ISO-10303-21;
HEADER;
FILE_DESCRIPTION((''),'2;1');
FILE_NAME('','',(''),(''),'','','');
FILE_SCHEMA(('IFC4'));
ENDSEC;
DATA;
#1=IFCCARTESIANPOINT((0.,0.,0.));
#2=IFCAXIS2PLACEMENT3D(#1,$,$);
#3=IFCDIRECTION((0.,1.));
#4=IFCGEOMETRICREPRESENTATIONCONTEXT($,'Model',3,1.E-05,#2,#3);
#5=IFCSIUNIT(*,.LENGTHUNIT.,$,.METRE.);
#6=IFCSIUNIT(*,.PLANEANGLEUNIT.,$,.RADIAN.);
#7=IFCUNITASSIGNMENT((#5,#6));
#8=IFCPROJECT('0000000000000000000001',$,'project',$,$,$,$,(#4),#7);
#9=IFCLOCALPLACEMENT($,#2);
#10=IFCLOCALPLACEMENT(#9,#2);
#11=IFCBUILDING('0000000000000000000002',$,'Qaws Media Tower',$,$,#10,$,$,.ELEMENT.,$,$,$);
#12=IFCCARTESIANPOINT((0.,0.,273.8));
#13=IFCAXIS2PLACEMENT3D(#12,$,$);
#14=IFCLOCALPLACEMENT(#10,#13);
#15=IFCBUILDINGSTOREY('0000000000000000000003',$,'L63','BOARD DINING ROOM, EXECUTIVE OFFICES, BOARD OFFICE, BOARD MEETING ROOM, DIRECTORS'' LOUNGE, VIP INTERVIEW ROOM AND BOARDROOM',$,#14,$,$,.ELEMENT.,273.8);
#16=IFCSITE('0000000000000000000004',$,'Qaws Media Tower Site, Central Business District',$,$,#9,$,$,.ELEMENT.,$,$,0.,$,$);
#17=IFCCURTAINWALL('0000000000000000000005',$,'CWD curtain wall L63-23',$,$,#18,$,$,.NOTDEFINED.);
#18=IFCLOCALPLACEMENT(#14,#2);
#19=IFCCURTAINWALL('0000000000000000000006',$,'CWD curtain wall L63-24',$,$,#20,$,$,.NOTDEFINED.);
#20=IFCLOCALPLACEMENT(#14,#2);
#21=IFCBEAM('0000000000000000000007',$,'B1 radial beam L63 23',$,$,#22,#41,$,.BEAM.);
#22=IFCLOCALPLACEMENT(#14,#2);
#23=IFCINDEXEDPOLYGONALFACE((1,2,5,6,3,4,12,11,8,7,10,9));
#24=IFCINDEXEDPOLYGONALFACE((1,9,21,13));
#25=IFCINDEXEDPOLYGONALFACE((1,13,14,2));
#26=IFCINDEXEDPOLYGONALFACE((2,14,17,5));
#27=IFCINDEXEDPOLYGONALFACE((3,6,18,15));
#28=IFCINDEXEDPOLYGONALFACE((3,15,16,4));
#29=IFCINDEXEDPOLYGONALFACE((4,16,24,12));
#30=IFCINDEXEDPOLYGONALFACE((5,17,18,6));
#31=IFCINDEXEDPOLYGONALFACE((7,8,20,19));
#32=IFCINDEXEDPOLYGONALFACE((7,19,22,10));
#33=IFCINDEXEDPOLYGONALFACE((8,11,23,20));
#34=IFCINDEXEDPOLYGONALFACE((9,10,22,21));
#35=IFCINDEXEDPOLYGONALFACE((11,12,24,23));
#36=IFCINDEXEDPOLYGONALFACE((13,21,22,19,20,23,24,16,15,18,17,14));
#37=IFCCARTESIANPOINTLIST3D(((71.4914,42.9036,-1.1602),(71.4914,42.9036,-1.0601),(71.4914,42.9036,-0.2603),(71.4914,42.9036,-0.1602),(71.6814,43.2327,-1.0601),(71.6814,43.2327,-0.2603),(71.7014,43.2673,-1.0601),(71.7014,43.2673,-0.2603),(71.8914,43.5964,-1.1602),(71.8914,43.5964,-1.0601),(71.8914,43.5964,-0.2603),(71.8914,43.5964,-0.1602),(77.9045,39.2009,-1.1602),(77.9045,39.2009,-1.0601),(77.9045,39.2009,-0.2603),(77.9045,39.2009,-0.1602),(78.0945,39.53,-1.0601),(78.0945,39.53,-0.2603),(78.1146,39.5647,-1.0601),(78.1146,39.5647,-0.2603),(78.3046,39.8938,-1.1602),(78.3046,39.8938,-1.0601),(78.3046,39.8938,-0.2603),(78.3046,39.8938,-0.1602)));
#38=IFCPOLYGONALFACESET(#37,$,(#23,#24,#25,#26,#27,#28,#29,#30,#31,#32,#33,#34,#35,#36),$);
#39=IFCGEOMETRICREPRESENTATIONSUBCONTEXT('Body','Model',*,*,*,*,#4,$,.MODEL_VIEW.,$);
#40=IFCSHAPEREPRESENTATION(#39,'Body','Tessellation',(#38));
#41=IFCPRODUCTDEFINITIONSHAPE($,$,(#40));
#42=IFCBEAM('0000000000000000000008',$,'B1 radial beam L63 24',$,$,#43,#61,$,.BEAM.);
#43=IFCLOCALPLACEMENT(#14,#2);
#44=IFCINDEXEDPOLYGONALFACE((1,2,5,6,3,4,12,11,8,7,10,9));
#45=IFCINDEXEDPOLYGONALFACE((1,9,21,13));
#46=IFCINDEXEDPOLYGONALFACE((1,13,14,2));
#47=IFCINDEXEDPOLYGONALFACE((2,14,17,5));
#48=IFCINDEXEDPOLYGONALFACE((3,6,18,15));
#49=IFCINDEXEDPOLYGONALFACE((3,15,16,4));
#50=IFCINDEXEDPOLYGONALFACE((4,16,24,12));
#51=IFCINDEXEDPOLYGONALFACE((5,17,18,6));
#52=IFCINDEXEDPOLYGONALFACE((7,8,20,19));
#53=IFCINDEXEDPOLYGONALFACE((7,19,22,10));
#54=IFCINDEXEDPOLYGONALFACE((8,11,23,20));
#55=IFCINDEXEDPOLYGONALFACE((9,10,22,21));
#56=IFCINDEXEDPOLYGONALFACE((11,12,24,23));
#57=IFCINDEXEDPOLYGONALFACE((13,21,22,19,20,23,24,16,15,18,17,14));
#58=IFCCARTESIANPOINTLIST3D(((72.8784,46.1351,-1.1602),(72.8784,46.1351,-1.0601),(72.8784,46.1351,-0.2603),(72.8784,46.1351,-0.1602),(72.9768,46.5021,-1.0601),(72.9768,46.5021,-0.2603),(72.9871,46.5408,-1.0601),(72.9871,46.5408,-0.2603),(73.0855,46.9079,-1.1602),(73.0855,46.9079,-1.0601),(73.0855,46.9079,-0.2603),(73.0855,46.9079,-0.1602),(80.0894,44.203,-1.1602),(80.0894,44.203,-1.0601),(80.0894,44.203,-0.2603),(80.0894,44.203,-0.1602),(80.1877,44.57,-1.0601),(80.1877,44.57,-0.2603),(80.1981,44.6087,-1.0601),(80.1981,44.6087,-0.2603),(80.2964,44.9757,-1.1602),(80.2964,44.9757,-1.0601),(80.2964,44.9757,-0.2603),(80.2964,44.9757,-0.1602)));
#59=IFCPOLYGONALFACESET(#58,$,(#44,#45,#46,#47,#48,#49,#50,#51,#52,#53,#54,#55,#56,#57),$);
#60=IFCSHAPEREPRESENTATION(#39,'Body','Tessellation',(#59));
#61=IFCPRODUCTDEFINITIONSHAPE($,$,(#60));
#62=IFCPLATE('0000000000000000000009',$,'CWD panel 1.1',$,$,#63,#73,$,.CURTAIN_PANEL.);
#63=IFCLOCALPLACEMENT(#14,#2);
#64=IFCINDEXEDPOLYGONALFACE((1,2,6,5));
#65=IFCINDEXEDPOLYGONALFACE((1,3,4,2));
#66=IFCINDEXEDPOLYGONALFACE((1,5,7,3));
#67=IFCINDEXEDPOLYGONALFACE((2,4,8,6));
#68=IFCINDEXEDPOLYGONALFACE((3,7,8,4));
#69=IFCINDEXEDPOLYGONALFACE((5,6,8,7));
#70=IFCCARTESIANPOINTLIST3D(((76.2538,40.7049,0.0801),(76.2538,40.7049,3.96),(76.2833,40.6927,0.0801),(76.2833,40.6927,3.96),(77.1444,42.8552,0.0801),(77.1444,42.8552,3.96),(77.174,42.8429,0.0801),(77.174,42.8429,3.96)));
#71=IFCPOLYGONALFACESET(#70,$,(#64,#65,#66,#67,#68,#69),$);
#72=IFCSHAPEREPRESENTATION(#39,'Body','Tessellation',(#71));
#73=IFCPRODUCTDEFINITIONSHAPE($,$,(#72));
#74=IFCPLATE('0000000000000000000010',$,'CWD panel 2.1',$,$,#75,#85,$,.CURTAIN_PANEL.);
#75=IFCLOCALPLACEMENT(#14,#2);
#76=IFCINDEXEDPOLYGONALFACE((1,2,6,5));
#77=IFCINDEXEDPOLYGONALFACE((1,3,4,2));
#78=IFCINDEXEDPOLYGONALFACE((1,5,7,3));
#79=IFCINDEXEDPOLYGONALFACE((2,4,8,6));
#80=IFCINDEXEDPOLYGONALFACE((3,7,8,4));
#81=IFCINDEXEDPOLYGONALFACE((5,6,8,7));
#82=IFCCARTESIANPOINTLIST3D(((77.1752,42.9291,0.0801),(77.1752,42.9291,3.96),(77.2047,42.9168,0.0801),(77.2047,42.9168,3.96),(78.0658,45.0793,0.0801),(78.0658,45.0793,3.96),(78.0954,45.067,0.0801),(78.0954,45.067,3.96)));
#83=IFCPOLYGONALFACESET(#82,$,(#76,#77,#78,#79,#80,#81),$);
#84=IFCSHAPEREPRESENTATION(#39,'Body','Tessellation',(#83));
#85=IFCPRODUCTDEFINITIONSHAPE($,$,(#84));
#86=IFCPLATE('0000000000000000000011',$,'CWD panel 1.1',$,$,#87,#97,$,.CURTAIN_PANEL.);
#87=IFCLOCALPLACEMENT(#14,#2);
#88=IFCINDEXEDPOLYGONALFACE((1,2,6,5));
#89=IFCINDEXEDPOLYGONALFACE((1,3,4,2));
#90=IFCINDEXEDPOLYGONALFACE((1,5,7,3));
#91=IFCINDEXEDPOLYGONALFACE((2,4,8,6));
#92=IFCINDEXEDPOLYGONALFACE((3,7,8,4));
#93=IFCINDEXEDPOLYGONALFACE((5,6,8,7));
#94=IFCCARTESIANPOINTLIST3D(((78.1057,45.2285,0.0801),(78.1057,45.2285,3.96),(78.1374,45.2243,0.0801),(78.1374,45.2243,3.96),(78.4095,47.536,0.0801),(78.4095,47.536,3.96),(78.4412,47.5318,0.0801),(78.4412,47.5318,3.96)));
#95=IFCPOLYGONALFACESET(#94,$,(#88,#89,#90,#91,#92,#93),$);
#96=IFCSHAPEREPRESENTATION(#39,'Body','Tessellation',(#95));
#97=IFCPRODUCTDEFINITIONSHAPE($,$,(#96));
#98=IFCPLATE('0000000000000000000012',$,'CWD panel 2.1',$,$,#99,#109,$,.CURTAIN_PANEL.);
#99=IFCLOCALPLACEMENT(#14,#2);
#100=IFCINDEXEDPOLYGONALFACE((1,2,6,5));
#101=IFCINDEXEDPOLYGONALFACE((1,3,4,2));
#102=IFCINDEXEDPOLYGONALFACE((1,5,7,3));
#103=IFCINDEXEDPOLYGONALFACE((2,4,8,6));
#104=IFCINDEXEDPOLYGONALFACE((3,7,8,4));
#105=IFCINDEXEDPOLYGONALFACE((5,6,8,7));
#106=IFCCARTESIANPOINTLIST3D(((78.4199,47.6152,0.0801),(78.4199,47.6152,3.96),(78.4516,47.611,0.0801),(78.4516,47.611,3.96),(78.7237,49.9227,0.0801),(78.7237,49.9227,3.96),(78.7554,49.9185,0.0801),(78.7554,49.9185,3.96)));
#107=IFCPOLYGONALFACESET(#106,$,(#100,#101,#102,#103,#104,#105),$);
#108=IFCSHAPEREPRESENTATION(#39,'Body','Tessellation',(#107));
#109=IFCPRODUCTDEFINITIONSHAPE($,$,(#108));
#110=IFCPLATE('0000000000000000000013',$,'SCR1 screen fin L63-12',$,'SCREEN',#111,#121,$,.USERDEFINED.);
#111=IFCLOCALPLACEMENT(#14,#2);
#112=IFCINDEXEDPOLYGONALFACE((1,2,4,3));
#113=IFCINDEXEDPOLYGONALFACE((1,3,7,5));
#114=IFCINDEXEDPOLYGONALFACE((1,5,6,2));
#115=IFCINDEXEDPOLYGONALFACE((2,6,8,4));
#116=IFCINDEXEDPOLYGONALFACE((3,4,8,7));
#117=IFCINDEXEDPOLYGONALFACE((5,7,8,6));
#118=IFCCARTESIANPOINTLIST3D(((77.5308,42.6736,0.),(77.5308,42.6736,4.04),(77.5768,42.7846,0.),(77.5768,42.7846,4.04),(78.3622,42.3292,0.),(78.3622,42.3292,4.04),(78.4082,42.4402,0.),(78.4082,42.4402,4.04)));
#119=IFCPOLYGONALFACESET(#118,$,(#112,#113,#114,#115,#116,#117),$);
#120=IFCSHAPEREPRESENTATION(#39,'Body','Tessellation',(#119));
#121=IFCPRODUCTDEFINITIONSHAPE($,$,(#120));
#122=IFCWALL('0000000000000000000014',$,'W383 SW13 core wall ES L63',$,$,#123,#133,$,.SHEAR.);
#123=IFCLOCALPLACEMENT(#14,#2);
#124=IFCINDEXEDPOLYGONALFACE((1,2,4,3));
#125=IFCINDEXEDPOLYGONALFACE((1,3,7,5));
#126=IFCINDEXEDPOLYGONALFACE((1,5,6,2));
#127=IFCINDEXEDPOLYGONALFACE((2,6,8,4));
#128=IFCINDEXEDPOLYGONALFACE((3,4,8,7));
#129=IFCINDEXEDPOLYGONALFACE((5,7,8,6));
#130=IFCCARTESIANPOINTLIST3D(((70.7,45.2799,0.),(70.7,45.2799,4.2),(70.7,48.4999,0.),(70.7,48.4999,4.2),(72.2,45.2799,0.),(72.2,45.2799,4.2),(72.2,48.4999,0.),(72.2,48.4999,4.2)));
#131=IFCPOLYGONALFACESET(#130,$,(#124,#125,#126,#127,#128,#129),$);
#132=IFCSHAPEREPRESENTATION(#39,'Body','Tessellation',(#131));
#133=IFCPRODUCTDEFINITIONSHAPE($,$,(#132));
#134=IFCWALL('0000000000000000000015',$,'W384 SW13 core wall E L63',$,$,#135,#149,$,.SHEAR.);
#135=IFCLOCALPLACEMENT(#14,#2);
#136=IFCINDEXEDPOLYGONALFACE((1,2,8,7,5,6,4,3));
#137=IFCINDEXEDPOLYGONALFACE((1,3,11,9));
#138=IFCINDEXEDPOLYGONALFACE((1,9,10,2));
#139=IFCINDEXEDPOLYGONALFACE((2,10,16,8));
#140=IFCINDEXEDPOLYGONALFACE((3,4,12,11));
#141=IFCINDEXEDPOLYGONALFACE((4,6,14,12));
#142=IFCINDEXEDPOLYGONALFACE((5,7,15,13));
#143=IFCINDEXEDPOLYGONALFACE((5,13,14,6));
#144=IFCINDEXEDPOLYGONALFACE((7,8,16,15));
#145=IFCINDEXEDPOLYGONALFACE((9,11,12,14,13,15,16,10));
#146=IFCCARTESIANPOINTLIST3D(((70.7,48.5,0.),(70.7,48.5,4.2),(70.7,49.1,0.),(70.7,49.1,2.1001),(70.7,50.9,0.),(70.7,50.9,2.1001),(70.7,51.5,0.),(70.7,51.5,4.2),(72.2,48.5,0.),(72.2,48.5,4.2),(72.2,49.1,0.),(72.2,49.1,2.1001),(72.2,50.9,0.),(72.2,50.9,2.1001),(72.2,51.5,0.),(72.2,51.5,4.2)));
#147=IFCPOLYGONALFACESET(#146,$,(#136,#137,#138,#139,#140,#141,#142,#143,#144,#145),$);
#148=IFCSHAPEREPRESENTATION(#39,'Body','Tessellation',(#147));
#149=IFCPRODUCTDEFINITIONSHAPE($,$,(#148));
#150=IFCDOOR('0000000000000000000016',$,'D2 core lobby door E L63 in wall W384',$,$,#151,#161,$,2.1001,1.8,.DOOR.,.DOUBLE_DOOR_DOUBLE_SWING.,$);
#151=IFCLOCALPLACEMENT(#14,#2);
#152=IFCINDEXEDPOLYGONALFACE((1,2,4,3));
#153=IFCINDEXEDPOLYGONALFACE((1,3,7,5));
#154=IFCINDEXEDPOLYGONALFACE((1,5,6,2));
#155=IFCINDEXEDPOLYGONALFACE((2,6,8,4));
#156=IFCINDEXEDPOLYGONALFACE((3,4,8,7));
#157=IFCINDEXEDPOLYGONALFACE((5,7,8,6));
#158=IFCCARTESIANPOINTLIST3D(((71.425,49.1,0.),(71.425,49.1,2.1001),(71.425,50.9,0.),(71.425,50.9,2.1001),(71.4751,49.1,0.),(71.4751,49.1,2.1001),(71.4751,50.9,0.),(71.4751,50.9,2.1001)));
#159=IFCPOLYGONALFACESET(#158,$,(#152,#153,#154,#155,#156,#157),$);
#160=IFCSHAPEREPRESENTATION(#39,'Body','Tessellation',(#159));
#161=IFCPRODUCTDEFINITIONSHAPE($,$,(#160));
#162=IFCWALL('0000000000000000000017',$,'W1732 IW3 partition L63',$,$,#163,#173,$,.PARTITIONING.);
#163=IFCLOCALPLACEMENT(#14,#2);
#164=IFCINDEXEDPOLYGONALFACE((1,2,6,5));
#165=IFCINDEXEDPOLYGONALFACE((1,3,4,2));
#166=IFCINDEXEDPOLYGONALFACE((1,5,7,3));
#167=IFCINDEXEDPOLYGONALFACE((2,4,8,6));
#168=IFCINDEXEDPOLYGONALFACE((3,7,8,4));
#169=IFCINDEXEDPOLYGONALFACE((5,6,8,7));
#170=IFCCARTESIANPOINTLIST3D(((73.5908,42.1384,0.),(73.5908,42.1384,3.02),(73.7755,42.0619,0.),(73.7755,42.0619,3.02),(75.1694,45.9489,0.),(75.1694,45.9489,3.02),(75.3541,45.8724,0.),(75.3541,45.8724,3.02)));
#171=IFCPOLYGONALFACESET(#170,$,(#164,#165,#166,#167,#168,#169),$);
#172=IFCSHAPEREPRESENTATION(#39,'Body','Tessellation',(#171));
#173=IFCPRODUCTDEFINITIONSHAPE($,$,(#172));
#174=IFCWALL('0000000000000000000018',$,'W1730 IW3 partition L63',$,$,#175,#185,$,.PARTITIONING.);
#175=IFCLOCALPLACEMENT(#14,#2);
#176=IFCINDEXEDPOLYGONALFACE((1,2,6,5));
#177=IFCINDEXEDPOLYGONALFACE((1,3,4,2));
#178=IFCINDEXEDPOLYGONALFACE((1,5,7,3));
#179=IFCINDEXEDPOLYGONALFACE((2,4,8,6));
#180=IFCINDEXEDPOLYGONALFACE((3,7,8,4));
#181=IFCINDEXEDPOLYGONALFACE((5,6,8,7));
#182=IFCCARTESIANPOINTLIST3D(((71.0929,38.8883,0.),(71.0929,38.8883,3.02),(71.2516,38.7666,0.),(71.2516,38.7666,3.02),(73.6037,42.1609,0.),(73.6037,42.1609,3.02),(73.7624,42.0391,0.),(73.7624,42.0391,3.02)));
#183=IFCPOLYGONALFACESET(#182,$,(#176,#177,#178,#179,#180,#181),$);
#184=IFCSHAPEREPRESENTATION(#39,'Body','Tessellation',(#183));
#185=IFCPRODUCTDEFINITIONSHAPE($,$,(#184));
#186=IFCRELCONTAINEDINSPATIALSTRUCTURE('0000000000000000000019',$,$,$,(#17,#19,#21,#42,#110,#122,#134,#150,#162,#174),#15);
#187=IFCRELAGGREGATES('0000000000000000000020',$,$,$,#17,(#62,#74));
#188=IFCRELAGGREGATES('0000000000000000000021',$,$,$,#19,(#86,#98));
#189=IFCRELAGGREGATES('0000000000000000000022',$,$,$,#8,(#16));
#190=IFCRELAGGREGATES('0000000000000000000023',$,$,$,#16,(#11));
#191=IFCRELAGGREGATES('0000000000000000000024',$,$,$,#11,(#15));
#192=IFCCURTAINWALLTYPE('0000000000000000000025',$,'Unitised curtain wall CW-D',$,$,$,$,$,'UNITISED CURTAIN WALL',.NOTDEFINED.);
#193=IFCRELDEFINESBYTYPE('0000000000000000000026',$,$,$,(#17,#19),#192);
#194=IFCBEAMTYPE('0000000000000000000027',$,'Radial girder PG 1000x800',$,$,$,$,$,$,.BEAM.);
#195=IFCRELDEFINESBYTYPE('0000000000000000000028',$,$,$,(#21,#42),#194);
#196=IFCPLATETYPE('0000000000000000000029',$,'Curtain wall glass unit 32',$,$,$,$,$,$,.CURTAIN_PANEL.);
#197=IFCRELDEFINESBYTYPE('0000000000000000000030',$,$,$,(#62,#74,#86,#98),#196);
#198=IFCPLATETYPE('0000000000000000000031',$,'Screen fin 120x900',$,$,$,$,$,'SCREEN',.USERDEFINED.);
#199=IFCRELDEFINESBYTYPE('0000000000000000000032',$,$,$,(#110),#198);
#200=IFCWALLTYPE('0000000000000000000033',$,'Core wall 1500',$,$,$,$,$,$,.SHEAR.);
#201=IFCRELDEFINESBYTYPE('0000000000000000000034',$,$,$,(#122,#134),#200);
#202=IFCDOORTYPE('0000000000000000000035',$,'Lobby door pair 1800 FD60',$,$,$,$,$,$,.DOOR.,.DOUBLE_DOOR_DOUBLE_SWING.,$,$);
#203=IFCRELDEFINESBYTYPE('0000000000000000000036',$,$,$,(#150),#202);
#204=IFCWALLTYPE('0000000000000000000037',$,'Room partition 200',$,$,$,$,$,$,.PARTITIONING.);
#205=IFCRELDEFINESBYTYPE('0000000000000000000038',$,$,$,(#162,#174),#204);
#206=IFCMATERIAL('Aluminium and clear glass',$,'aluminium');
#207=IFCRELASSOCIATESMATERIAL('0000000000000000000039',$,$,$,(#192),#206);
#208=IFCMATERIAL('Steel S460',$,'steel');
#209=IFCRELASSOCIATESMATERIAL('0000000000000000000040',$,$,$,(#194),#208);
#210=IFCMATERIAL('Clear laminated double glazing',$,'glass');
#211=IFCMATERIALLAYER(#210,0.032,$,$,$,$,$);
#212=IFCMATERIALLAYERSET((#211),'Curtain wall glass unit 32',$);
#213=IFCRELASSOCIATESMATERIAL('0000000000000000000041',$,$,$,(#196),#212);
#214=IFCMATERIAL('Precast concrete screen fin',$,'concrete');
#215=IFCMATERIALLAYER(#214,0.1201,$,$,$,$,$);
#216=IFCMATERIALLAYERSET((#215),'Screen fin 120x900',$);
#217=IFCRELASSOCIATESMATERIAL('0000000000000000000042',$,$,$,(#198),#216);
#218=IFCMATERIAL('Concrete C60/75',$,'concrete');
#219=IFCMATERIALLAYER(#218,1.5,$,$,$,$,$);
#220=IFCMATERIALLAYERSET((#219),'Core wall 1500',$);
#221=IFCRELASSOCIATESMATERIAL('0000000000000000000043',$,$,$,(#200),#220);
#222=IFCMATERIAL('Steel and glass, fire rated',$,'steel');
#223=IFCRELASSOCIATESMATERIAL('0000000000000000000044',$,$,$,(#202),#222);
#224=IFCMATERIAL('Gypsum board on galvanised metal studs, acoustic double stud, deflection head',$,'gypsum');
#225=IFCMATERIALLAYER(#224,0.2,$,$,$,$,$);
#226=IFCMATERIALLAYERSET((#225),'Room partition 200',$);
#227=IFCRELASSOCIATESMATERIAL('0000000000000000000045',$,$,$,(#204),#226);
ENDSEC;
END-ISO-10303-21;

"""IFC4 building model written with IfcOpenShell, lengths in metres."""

from ifc_helpers import new_model, si_unit, direction, frame, frame_2d, origin, origin_2d, place, context, subcontext, project, spatial, rectangle, i_section, extrude, material, layer, layer_set, material_profile, profile_set, type_object, element, fill, aggregate, save


model = new_model("IFC4")

# Units and contexts
model_context = context("Model", 3, precision=1e-05, world=origin(), true_north=direction((0.0, 1.0)))
body_context = subcontext(model_context, "Body", "Model", "MODEL_VIEW")
ifc_project = project(units=[si_unit("LENGTHUNIT", "METRE"), si_unit("PLANEANGLEUNIT", "RADIAN")], contexts=[model_context])

# Site, building, storey
site_placement = place(None, origin())
site = spatial("IfcSite", under=ifc_project, at=site_placement, Name="Qaws Media Tower Site, Central Business District", CompositionType="ELEMENT", RefElevation=0.0)
building_placement = place(site_placement, origin())
building = spatial("IfcBuilding", under=site, at=building_placement, Name="Qaws Media Tower", CompositionType="ELEMENT")
storey_placement = place(building_placement, frame((0.0, 0.0, 273.8)))
storey = spatial("IfcBuildingStorey", under=building, at=storey_placement, Name="L63", Description="BOARD DINING ROOM, EXECUTIVE OFFICES, BOARD OFFICE, BOARD MEETING ROOM, DIRECTORS' LOUNGE, VIP INTERVIEW ROOM AND BOARDROOM", CompositionType="ELEMENT", Elevation=273.8)

# Curtain walls
ifc_material_1 = material(Name="Aluminium and clear glass", Category="aluminium")
curtain_wall_type = type_object("IfcCurtainWallType", Name="Unitised curtain wall CW-D", ElementType="UNITISED CURTAIN WALL", PredefinedType="NOTDEFINED", material=ifc_material_1)
curtain_wall_1_placement = place(storey_placement, origin())
curtain_wall_1 = element("IfcCurtainWall", 1, at=curtain_wall_1_placement, inside=storey, type_object=curtain_wall_type, Name="CWD curtain wall L63-23", PredefinedType="NOTDEFINED")
curtain_wall_2_placement = place(storey_placement, origin())
curtain_wall_2 = element("IfcCurtainWall", 2, at=curtain_wall_2_placement, inside=storey, type_object=curtain_wall_type, Name="CWD curtain wall L63-24", PredefinedType="NOTDEFINED")

# Beams
ifc_material_2 = material(Name="Steel S460", Category="steel")
ifc_material_profile_1 = material_profile(ifc_material_2, i_section(OverallWidth=0.8, OverallDepth=1.0, WebThickness=0.04, FlangeThickness=0.1001, at=origin_2d()), Name="PG 1000x800")
ifc_profile_set_1 = profile_set([ifc_material_profile_1], Name="Steel S460")
beam_type_1 = type_object("IfcBeamType", Name="Radial girder PG 1000x800", PredefinedType="BEAM", material=ifc_profile_set_1)
beam_1_placement = place(storey_placement, frame((71.6914, 43.25, -0.6602), z_axis=(0.866023, -0.500004, 0.0), x_axis=(0.500004, 0.866023, 0.0)))
element("IfcBeam", 3, at=beam_1_placement, inside=storey, type_object=beam_type_1, Name="B1 radial beam L63 23", PredefinedType="BEAM", context=body_context, shape_type="SweptSolid", body=[
    extrude(i_section(OverallWidth=0.8, OverallDepth=1.0, WebThickness=0.04, FlangeThickness=0.1001, at=origin_2d()), origin(), (0.0, 0.0, 1.0), 7.4053),
])
beam_2_placement = place(storey_placement, frame((72.9819, 46.5215, -0.6602), z_axis=(0.965927, -0.258815, 0.0), x_axis=(0.258815, 0.965927, 0.0)))
element("IfcBeam", 4, at=beam_2_placement, inside=storey, type_object=beam_type_1, Name="B1 radial beam L63 24", PredefinedType="BEAM", context=body_context, shape_type="SweptSolid", body=[
    extrude(i_section(OverallWidth=0.8, OverallDepth=1.0, WebThickness=0.04, FlangeThickness=0.1001, at=origin_2d()), origin(), (0.0, 0.0, 1.0), 7.4653),
])

# Plates
ifc_material_3 = material(Name="Clear laminated double glazing", Category="glass")
ifc_layer_1 = layer(ifc_material_3, 0.032)
ifc_layer_set_1 = layer_set([ifc_layer_1], Name="Curtain wall glass unit 32")
plate_type_1 = type_object("IfcPlateType", Name="Curtain wall glass unit 32", PredefinedType="CURTAIN_PANEL", material=ifc_layer_set_1)
plate_1_placement = place(storey_placement, frame((76.7139, 41.7739, 0.0801), z_axis=(0.0, 0.0, 1.0), x_axis=(0.382683, 0.92388, 0.0)))
plate_1 = element("IfcPlate", 5, at=plate_1_placement, type_object=plate_type_1, Name="CWD panel 1.1", PredefinedType="CURTAIN_PANEL", context=body_context, shape_type="SweptSolid", body=[
    extrude(rectangle(XDim=2.3274, YDim=0.032, at=origin_2d()), origin(), (0.0, 0.0, 1.0), 3.8799),
])
plate_2_placement = place(storey_placement, frame((77.6353, 43.998, 0.0801), z_axis=(0.0, 0.0, 1.0), x_axis=(0.382683, 0.92388, 0.0)))
plate_2 = element("IfcPlate", 6, at=plate_2_placement, type_object=plate_type_1, Name="CWD panel 2.1", PredefinedType="CURTAIN_PANEL", context=body_context, shape_type="SweptSolid", body=[
    extrude(rectangle(XDim=2.3274, YDim=0.032, at=origin_2d()), origin(), (0.0, 0.0, 1.0), 3.8799),
])
aggregate(curtain_wall_1, [plate_1, plate_2])
plate_3_placement = place(storey_placement, frame((78.2734, 46.3801, 0.0801), z_axis=(0.0, 0.0, 1.0), x_axis=(0.130526, 0.991445, 0.0)))
plate_3 = element("IfcPlate", 7, at=plate_3_placement, type_object=plate_type_1, Name="CWD panel 1.1", PredefinedType="CURTAIN_PANEL", context=body_context, shape_type="SweptSolid", body=[
    extrude(rectangle(XDim=2.3274, YDim=0.032, at=origin_2d()), origin(), (0.0, 0.0, 1.0), 3.8799),
])
plate_4_placement = place(storey_placement, frame((78.5876, 48.7668, 0.0801), z_axis=(0.0, 0.0, 1.0), x_axis=(0.130526, 0.991445, 0.0)))
plate_4 = element("IfcPlate", 8, at=plate_4_placement, type_object=plate_type_1, Name="CWD panel 2.1", PredefinedType="CURTAIN_PANEL", context=body_context, shape_type="SweptSolid", body=[
    extrude(rectangle(XDim=2.3274, YDim=0.032, at=origin_2d()), origin(), (0.0, 0.0, 1.0), 3.8799),
])
aggregate(curtain_wall_2, [plate_3, plate_4])
ifc_material_4 = material(Name="Precast concrete screen fin", Category="concrete")
ifc_layer_2 = layer(ifc_material_4, 0.1201)
ifc_layer_set_2 = layer_set([ifc_layer_2], Name="Screen fin 120x900")
plate_type_2 = type_object("IfcPlateType", Name="Screen fin 120x900", ElementType="SCREEN", PredefinedType="USERDEFINED", material=ifc_layer_set_2)
plate_5_placement = place(storey_placement, frame((77.9695, 42.5569, 0.0), z_axis=(0.0, 0.0, 1.0), x_axis=(0.92388, -0.382683, 0.0)))
element("IfcPlate", 9, at=plate_5_placement, inside=storey, type_object=plate_type_2, Name="SCR1 screen fin L63-12", ObjectType="SCREEN", PredefinedType="USERDEFINED", context=body_context, shape_type="SweptSolid", body=[
    extrude(rectangle(XDim=0.8999, YDim=0.1201, at=origin_2d()), origin(), (0.0, 0.0, 1.0), 4.04),
])

# Wall
ifc_material_5 = material(Name="Concrete C60/75", Category="concrete")
ifc_layer_3 = layer(ifc_material_5, 1.5)
ifc_layer_set_3 = layer_set([ifc_layer_3], Name="Core wall 1500")
wall_type_1 = type_object("IfcWallType", Name="Core wall 1500", PredefinedType="SHEAR", material=ifc_layer_set_3)
wall_1_placement = place(storey_placement, frame((71.45, 45.28, 0.0), z_axis=(0.0, 0.0, 1.0), x_axis=(0.0, 1.0, 0.0)))
element("IfcWall", 10, at=wall_1_placement, inside=storey, type_object=wall_type_1, Name="W383 SW13 core wall ES L63", PredefinedType="SHEAR", context=body_context, shape_type="SweptSolid", body=[
    extrude(rectangle(XDim=3.22, YDim=1.5, at=frame_2d((1.6099, 0.0))), origin(), (0.0, 0.0, 1.0), 4.2),
])

# Wall, opening, door
wall_2_placement = place(storey_placement, frame((71.45, 48.5, 0.0), z_axis=(0.0, 0.0, 1.0), x_axis=(0.0, 1.0, 0.0)))
wall_2 = element("IfcWall", 11, at=wall_2_placement, inside=storey, type_object=wall_type_1, Name="W384 SW13 core wall E L63", PredefinedType="SHEAR", context=body_context, shape_type="SweptSolid", body=[
    extrude(rectangle(XDim=3.0, YDim=1.5, at=frame_2d((1.5, 0.0))), origin(), (0.0, 0.0, 1.0), 4.2),
])
opening_placement = place(wall_2_placement, frame((0.6001, 0.0, 0.0)))
opening = element("IfcOpeningElement", 12, at=opening_placement, cuts=wall_2, PredefinedType="OPENING", context=body_context, shape_type="SweptSolid", body=[
    extrude(rectangle(XDim=1.8, YDim=2.1001, at=frame_2d((0.8999, 1.05))), frame((0.0, 0.76, 0.0), z_axis=(0.0, -1.0, 0.0), x_axis=(1.0, 0.0, 0.0)), (0.0, 0.0, 1.0), 1.52),
])
ifc_material_6 = material(Name="Steel and glass, fire rated", Category="steel")
door_type = type_object("IfcDoorType", Name="Lobby door pair 1800 FD60", OperationType="DOUBLE_DOOR_DOUBLE_SWING", PredefinedType="DOOR", material=ifc_material_6)
door_placement = place(opening_placement, origin())
door = element("IfcDoor", 13, at=door_placement, inside=storey, type_object=door_type, Name="D2 core lobby door E L63 in wall W384", OperationType="DOUBLE_DOOR_DOUBLE_SWING", OverallHeight=2.1001, OverallWidth=1.8, PredefinedType="DOOR", context=body_context, shape_type="SweptSolid", body=[
    extrude(rectangle(XDim=1.8, YDim=2.1001, at=frame_2d((0.8999, 1.05))), frame((0.0, 0.0249, 0.0), z_axis=(0.0, -1.0, 0.0), x_axis=(1.0, 0.0, 0.0)), (0.0, 0.0, 1.0), 0.05),
])
fill(opening, door)

# Walls
ifc_material_7 = material(Name="Gypsum board on galvanised metal studs, acoustic double stud, deflection head", Category="gypsum")
ifc_layer_4 = layer(ifc_material_7, 0.2)
ifc_layer_set_4 = layer_set([ifc_layer_4], Name="Room partition 200")
wall_type_2 = type_object("IfcWallType", Name="Room partition 200", PredefinedType="PARTITIONING", material=ifc_layer_set_4)
wall_3_placement = place(storey_placement, frame((75.2617, 45.9106, 0.0), z_axis=(0.0, 0.0, 1.0), x_axis=(-0.382732, -0.92386, 0.0)))
element("IfcWall", 14, at=wall_3_placement, inside=storey, type_object=wall_type_2, Name="W1732 IW3 partition L63", PredefinedType="PARTITIONING", context=body_context, shape_type="SweptSolid", body=[
    extrude(rectangle(XDim=4.1245, YDim=0.2, at=frame_2d((2.0623, 0.0))), origin(), (0.0, 0.0, 1.0), 3.02),
])
wall_4_placement = place(storey_placement, frame((73.6831, 42.1001, 0.0), z_axis=(0.0, 0.0, 1.0), x_axis=(-0.608715, -0.793389, 0.0)))
element("IfcWall", 15, at=wall_4_placement, inside=storey, type_object=wall_type_2, Name="W1730 IW3 partition L63", PredefinedType="PARTITIONING", context=body_context, shape_type="SweptSolid", body=[
    extrude(rectangle(XDim=4.1248, YDim=0.2, at=frame_2d((2.0625, 0.0))), origin(), (0.0, 0.0, 1.0), 3.02),
])

save(model, "model.ifc")
